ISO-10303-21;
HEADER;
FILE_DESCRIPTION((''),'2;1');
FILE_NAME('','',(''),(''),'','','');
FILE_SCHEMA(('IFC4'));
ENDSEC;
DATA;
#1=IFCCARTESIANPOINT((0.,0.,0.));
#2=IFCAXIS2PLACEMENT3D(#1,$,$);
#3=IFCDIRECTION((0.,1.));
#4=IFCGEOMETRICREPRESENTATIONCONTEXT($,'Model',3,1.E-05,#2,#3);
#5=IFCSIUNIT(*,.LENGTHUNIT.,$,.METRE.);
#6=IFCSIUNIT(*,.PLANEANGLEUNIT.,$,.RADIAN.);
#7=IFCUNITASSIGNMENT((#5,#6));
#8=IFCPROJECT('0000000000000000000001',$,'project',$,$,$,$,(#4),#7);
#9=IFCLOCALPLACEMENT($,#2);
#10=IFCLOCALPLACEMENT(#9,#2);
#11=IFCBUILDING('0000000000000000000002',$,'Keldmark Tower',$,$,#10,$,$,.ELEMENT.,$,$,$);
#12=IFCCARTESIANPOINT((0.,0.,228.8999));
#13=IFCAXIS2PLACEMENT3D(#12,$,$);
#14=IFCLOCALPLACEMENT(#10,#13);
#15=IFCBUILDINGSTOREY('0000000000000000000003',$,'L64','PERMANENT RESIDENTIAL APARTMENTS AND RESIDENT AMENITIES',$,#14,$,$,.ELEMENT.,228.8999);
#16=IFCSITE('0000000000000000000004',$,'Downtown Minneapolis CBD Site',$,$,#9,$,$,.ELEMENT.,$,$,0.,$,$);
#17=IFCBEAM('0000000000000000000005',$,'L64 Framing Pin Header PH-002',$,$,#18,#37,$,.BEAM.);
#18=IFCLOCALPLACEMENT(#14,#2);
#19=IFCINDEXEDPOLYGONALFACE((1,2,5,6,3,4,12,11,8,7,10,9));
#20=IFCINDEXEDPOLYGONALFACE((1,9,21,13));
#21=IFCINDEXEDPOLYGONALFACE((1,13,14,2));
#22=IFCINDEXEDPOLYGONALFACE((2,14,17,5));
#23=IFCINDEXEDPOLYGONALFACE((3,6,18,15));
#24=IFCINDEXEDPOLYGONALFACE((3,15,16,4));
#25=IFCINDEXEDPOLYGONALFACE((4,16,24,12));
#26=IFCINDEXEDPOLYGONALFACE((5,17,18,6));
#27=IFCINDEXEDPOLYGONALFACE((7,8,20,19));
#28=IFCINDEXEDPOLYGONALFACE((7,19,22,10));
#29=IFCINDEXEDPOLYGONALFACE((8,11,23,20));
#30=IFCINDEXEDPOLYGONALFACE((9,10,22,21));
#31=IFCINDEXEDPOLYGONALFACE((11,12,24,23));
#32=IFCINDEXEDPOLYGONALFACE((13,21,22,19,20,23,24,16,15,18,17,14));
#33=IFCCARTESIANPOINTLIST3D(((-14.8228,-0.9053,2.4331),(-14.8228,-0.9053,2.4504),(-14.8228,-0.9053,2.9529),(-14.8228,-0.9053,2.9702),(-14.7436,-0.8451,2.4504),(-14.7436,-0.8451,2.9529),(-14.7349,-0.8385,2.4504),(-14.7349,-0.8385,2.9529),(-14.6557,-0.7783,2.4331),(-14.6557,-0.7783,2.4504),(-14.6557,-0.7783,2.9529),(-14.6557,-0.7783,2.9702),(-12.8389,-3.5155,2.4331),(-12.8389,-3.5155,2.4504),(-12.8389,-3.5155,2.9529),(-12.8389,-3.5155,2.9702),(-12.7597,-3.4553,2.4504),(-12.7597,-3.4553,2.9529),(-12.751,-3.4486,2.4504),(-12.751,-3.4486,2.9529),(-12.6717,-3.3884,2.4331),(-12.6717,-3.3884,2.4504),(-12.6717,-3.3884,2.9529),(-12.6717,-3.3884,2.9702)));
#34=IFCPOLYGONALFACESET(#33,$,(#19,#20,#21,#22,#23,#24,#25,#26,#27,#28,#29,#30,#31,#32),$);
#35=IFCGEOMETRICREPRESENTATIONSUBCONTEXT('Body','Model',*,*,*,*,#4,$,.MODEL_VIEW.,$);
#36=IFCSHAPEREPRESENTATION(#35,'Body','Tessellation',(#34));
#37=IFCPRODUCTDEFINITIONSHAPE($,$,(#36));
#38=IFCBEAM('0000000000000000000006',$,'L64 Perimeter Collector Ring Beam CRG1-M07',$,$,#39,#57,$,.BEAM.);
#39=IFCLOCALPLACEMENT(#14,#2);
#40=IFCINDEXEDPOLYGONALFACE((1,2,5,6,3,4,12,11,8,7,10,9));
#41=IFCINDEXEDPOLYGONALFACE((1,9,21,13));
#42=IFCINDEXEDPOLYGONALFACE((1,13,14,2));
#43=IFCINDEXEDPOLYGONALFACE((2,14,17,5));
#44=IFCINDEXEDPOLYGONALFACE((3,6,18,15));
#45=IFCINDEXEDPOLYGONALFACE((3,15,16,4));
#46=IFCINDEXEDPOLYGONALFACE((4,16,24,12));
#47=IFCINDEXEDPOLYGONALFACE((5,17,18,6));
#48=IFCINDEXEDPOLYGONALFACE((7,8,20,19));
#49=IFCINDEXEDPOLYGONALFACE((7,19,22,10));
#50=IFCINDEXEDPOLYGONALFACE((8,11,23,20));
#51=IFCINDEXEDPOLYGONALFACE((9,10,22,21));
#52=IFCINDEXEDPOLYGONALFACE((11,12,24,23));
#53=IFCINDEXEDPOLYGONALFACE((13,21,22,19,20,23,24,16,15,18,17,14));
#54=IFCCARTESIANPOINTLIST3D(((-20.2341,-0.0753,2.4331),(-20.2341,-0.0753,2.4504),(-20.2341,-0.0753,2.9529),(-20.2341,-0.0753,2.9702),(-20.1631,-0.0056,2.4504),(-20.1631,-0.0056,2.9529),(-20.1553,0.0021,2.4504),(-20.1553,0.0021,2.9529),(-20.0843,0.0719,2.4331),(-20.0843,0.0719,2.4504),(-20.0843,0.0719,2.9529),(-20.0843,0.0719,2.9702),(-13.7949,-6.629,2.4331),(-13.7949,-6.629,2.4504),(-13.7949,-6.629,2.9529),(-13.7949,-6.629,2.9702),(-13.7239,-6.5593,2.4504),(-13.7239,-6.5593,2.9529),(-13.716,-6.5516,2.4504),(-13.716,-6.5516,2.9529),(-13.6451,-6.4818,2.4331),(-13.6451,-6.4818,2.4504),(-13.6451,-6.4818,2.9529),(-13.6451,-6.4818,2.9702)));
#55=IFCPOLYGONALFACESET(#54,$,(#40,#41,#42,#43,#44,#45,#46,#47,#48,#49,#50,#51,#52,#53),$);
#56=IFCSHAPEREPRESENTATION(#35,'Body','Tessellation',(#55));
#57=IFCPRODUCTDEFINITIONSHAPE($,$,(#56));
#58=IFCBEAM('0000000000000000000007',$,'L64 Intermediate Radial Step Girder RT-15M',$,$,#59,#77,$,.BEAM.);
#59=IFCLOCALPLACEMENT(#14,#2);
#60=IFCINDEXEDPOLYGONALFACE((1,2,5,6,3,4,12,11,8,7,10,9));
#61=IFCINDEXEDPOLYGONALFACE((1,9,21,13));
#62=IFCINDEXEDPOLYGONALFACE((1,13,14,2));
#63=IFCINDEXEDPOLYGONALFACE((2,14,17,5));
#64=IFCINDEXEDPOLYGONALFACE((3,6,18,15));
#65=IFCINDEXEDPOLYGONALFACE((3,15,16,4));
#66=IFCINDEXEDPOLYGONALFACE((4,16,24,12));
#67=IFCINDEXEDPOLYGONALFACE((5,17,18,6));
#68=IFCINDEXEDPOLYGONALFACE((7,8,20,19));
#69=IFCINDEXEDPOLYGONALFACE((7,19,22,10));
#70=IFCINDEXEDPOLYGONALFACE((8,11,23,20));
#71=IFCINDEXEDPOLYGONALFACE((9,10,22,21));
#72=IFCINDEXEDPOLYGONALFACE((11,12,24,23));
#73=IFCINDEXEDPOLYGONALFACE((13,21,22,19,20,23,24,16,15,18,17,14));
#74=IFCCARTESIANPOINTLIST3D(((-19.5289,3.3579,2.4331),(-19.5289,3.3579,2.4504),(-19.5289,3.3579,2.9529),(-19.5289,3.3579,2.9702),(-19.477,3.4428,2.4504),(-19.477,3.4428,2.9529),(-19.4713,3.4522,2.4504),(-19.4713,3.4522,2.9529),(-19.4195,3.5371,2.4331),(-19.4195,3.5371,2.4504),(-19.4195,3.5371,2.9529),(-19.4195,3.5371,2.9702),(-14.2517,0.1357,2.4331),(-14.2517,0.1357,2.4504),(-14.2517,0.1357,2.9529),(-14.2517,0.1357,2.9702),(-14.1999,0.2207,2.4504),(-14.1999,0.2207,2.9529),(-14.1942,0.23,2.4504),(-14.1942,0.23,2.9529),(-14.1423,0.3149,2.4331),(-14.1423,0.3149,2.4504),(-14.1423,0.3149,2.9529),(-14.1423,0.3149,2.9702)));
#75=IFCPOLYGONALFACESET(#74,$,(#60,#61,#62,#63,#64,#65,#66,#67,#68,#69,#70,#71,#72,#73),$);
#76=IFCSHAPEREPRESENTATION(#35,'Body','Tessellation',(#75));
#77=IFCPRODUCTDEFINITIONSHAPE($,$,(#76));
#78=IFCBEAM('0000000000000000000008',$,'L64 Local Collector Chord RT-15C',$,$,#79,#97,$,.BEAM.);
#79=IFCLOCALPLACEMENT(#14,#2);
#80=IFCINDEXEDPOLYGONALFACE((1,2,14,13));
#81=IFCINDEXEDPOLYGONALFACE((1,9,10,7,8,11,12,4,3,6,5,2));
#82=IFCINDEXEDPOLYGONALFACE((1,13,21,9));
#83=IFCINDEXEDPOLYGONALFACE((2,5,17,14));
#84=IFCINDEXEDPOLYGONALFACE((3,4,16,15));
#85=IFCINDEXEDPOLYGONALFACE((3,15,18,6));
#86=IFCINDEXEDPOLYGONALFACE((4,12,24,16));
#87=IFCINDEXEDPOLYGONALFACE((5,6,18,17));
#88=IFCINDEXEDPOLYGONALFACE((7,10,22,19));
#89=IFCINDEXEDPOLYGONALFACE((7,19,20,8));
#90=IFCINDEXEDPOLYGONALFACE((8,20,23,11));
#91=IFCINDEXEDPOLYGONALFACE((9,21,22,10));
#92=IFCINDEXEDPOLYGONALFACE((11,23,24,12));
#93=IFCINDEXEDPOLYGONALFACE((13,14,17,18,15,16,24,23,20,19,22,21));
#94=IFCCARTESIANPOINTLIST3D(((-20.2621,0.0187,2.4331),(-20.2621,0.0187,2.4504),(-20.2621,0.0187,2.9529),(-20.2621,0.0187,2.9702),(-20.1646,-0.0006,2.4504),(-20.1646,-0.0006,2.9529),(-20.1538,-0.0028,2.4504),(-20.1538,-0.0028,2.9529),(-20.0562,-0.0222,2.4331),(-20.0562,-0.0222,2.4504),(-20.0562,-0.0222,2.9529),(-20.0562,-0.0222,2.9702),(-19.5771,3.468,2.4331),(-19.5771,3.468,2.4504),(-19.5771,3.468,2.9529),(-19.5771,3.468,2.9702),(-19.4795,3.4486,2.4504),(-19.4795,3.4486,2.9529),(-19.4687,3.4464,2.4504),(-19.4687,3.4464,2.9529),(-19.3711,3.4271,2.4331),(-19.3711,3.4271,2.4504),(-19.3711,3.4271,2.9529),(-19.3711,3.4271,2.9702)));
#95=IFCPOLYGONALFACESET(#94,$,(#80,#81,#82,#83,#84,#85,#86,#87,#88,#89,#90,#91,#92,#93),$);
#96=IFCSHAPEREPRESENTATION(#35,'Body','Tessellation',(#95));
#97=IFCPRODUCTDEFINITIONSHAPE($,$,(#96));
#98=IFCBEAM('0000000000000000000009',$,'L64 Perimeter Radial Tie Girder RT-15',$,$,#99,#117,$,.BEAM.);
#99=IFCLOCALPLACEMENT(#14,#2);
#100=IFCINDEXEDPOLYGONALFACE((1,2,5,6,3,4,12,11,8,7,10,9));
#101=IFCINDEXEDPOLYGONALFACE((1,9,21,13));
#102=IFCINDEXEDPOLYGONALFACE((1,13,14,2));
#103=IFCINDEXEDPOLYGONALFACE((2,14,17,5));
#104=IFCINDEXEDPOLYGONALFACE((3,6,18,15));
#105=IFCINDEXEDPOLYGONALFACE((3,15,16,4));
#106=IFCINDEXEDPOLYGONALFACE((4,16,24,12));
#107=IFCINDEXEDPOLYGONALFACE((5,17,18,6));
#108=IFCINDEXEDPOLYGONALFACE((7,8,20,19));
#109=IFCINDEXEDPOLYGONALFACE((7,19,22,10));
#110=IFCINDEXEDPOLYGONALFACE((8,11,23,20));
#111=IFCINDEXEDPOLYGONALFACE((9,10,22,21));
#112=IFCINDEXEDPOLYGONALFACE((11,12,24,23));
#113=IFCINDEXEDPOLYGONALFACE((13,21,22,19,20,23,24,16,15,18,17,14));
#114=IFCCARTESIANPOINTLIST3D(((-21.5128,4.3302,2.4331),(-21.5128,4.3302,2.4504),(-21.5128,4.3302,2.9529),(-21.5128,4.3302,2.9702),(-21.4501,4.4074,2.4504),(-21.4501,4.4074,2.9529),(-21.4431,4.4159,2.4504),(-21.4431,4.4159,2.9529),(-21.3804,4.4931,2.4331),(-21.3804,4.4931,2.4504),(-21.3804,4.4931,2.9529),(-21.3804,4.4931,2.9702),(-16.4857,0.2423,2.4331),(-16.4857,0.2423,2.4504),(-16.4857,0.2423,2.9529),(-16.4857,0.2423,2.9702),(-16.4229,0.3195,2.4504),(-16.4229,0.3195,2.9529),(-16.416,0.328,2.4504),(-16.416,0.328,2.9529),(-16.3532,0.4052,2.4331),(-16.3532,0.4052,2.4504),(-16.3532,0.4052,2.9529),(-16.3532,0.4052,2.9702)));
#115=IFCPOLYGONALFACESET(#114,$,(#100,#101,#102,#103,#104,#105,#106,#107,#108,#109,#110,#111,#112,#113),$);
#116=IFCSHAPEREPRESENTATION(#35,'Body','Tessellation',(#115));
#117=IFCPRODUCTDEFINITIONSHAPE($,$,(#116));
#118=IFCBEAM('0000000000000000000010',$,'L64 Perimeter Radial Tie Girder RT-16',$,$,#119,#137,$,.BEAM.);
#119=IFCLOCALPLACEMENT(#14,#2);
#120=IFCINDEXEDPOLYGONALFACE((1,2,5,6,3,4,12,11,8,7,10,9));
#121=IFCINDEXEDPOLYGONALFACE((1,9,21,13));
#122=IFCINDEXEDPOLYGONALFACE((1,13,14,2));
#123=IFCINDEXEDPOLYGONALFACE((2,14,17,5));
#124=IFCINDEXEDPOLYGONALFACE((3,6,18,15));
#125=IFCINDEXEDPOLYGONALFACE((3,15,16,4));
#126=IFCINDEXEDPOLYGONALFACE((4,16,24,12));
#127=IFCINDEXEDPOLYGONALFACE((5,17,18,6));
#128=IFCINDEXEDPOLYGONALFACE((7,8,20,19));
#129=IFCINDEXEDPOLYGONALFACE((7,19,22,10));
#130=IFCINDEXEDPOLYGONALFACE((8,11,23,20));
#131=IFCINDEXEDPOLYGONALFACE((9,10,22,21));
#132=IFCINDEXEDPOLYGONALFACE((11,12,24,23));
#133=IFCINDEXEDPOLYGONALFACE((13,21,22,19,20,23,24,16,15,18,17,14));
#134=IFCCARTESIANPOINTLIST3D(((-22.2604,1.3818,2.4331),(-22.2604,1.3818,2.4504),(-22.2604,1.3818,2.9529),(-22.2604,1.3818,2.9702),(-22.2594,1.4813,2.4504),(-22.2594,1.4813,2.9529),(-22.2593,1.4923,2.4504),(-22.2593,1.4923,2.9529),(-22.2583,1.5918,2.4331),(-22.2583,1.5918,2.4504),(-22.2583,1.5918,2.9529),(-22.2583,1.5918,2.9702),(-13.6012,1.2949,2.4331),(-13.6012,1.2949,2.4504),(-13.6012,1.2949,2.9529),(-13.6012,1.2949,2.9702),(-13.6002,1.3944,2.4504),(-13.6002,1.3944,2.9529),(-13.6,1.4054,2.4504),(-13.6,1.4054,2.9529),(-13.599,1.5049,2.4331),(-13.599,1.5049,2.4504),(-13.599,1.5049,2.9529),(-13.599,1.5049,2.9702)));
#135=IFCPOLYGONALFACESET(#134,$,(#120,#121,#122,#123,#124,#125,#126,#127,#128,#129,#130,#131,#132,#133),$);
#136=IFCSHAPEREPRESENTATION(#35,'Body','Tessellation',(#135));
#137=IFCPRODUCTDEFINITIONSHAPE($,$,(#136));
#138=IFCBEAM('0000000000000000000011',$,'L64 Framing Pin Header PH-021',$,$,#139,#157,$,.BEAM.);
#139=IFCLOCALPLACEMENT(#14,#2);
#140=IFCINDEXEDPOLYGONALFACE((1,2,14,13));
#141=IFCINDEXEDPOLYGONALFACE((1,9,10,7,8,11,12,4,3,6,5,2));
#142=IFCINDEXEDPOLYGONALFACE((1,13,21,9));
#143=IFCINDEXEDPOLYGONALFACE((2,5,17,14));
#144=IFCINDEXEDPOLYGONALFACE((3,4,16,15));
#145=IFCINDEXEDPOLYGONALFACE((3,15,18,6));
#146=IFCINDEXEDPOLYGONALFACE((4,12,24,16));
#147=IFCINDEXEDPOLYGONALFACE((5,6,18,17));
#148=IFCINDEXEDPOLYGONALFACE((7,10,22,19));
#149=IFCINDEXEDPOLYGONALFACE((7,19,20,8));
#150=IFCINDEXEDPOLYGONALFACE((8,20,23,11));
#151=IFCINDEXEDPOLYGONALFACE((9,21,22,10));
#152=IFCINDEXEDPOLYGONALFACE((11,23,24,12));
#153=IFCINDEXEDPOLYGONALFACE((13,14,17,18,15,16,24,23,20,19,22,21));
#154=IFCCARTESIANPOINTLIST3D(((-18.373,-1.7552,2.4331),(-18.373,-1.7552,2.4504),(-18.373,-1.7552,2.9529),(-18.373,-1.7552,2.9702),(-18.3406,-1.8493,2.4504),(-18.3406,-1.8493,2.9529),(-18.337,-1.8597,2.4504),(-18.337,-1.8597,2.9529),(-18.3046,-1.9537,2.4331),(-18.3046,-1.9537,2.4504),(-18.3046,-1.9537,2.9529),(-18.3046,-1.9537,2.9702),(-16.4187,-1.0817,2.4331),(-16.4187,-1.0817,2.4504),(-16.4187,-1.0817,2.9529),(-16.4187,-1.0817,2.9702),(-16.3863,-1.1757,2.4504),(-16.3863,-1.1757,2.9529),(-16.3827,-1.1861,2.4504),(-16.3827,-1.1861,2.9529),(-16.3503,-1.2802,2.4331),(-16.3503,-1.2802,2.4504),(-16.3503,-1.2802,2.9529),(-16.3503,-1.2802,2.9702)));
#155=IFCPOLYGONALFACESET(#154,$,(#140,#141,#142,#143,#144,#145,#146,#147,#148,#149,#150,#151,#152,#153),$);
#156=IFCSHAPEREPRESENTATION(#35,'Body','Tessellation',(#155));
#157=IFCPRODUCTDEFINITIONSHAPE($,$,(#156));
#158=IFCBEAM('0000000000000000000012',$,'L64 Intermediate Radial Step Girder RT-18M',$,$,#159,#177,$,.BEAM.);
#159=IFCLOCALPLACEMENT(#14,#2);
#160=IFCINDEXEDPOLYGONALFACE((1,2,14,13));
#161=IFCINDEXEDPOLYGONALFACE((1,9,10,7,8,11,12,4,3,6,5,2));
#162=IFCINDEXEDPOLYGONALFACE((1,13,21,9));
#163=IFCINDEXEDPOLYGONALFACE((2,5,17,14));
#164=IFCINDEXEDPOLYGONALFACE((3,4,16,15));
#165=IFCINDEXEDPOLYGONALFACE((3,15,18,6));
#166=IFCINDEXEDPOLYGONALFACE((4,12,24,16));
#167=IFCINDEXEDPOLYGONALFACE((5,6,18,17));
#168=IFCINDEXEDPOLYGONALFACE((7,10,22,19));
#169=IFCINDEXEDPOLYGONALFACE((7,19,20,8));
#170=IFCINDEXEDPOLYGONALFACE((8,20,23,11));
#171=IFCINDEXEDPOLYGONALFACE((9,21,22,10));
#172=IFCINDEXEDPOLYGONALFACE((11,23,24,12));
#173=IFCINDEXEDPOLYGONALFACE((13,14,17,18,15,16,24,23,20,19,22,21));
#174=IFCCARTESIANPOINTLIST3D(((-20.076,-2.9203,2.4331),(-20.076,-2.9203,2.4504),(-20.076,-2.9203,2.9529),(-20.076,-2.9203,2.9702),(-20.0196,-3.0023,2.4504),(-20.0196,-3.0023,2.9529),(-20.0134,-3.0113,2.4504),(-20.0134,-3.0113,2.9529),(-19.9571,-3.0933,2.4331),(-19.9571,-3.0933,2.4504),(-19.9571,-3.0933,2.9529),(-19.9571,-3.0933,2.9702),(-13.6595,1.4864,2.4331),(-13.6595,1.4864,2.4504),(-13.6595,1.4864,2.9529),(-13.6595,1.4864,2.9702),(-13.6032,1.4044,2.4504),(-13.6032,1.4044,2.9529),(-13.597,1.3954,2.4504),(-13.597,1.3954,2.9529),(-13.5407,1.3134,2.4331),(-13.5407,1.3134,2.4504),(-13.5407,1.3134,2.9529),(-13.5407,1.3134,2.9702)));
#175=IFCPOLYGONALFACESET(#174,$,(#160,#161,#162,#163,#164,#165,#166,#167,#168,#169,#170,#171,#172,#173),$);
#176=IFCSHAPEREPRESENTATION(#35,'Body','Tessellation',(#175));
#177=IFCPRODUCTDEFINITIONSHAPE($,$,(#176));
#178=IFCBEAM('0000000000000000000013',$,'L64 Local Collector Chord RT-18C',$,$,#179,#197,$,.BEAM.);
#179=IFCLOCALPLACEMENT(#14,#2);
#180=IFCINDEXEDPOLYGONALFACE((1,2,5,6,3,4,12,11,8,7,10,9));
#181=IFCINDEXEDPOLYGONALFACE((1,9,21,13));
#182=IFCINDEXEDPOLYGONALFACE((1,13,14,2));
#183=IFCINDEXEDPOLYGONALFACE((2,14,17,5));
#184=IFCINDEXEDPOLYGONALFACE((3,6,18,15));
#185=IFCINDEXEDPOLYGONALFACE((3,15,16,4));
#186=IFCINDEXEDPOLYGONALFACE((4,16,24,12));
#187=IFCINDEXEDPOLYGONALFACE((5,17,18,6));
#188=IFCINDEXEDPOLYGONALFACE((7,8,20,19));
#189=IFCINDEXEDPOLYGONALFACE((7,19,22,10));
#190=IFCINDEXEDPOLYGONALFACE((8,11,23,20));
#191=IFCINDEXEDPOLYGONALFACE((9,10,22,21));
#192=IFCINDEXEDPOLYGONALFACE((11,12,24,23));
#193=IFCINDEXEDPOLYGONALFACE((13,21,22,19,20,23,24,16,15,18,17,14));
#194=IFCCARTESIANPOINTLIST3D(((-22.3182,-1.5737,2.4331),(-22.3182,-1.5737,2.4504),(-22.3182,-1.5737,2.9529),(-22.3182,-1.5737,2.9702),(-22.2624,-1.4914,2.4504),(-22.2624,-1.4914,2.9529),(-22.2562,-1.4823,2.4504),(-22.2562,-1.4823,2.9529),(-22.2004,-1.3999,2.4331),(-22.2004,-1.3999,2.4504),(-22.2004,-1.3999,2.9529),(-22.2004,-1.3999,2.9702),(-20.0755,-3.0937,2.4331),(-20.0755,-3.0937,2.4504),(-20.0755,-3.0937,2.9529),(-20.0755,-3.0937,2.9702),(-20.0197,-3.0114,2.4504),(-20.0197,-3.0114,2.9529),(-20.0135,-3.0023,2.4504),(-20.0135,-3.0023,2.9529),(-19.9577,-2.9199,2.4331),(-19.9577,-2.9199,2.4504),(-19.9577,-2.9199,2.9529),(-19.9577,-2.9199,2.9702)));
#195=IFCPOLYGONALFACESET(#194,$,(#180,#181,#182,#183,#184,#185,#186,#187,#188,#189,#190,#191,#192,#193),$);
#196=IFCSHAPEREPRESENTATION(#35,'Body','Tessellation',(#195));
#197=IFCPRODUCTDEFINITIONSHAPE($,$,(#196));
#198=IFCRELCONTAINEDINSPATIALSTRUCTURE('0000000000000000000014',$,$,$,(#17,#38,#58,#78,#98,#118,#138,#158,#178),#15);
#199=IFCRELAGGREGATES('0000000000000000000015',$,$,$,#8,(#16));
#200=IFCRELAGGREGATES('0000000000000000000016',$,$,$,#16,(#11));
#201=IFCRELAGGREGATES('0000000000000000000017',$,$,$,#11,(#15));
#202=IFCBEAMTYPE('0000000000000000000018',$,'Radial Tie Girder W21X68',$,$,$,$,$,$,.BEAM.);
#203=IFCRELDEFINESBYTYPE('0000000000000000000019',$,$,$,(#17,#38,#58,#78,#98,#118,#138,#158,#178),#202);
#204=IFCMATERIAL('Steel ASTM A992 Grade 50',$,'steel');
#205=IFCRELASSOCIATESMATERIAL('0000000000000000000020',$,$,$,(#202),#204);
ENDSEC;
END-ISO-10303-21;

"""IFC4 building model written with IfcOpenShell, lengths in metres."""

from ifc_helpers import new_model, si_unit, direction, frame, origin, origin_2d, place, context, subcontext, project, spatial, i_section, extrude, material, material_profile, profile_set, type_object, element, save


model = new_model("IFC4")

# Units and contexts
model_context = context("Model", 3, precision=1e-05, world=origin(), true_north=direction((0.0, 1.0)))
body_context = subcontext(model_context, "Body", "Model", "MODEL_VIEW")
ifc_project = project(units=[si_unit("LENGTHUNIT", "METRE"), si_unit("PLANEANGLEUNIT", "RADIAN")], contexts=[model_context])

# Site, building, storey
site_placement = place(None, origin())
site = spatial("IfcSite", under=ifc_project, at=site_placement, Name="Downtown Minneapolis CBD Site", CompositionType="ELEMENT", RefElevation=0.0)
building_placement = place(site_placement, origin())
building = spatial("IfcBuilding", under=site, at=building_placement, Name="Keldmark Tower", CompositionType="ELEMENT")
storey_placement = place(building_placement, frame((0.0, 0.0, 228.8999)))
storey = spatial("IfcBuildingStorey", under=building, at=storey_placement, Name="L64", Description="PERMANENT RESIDENTIAL APARTMENTS AND RESIDENT AMENITIES", CompositionType="ELEMENT", Elevation=228.8999)

# Beams
ifc_material_1 = material(Name="Steel ASTM A992 Grade 50", Category="steel")
ifc_material_profile_1 = material_profile(ifc_material_1, i_section(OverallWidth=0.21, OverallDepth=0.5371, WebThickness=0.011, FlangeThickness=0.0173, at=origin_2d()), Name="W21X68")
ifc_profile_set_1 = profile_set([ifc_material_profile_1], Name="Steel ASTM A992 Grade 50")
beam_type_1 = type_object("IfcBeamType", Name="Radial Tie Girder W21X68", PredefinedType="BEAM", material=ifc_profile_set_1)
beam_1_placement = place(storey_placement, frame((-14.7393, -0.8418, 2.7017), z_axis=(0.605123, -0.796132, 0.0), x_axis=(0.796132, 0.605123, 0.0)))
element("IfcBeam", 1, at=beam_1_placement, inside=storey, type_object=beam_type_1, Name="L64 Framing Pin Header PH-002", PredefinedType="BEAM", context=body_context, shape_type="SweptSolid", body=[
    extrude(i_section(OverallWidth=0.21, OverallDepth=0.5371, WebThickness=0.011, FlangeThickness=0.0173, at=origin_2d()), origin(), (0.0, 0.0, 1.0), 3.2786),
])
beam_2_placement = place(storey_placement, frame((-20.1592, -0.0017, 2.7017), z_axis=(0.700848, -0.713311, 0.0), x_axis=(0.713311, 0.700848, 0.0)))
element("IfcBeam", 2, at=beam_2_placement, inside=storey, type_object=beam_type_1, Name="L64 Perimeter Collector Ring Beam CRG1-M07", PredefinedType="BEAM", context=body_context, shape_type="SweptSolid", body=[
    extrude(i_section(OverallWidth=0.21, OverallDepth=0.5371, WebThickness=0.011, FlangeThickness=0.0173, at=origin_2d()), origin(), (0.0, 0.0, 1.0), 9.1877),
])
beam_3_placement = place(storey_placement, frame((-14.197, 0.2253, 2.7017), z_axis=(-0.853478, 0.521129, 0.0), x_axis=(-0.521129, -0.853478, 0.0)))
element("IfcBeam", 3, at=beam_3_placement, inside=storey, type_object=beam_type_1, Name="L64 Intermediate Radial Step Girder RT-15M", PredefinedType="BEAM", context=body_context, shape_type="SweptSolid", body=[
    extrude(i_section(OverallWidth=0.21, OverallDepth=0.5371, WebThickness=0.011, FlangeThickness=0.0173, at=origin_2d()), origin(), (0.0, 0.0, 1.0), 6.1831),
])
beam_4_placement = place(storey_placement, frame((-20.1592, -0.0017, 2.7017), z_axis=(0.194808, 0.980841, 0.0), x_axis=(-0.980841, 0.194808, 0.0)))
element("IfcBeam", 4, at=beam_4_placement, inside=storey, type_object=beam_type_1, Name="L64 Local Collector Chord RT-15C", PredefinedType="BEAM", context=body_context, shape_type="SweptSolid", body=[
    extrude(i_section(OverallWidth=0.21, OverallDepth=0.5371, WebThickness=0.011, FlangeThickness=0.0173, at=origin_2d()), origin(), (0.0, 0.0, 1.0), 3.5166),
])
beam_5_placement = place(storey_placement, frame((-16.4194, 0.3237, 2.7017), z_axis=(-0.775859, 0.630906, 0.0), x_axis=(-0.630906, -0.775859, 0.0)))
element("IfcBeam", 5, at=beam_5_placement, inside=storey, type_object=beam_type_1, Name="L64 Perimeter Radial Tie Girder RT-15", PredefinedType="BEAM", context=body_context, shape_type="SweptSolid", body=[
    extrude(i_section(OverallWidth=0.21, OverallDepth=0.5371, WebThickness=0.011, FlangeThickness=0.0173, at=origin_2d()), origin(), (0.0, 0.0, 1.0), 6.4795),
])
beam_6_placement = place(storey_placement, frame((-13.6001, 1.3999, 2.7017), z_axis=(-0.99995, 0.010037, 0.0), x_axis=(-0.010037, -0.99995, 0.0)))
element("IfcBeam", 6, at=beam_6_placement, inside=storey, type_object=beam_type_1, Name="L64 Perimeter Radial Tie Girder RT-16", PredefinedType="BEAM", context=body_context, shape_type="SweptSolid", body=[
    extrude(i_section(OverallWidth=0.21, OverallDepth=0.5371, WebThickness=0.011, FlangeThickness=0.0173, at=origin_2d()), origin(), (0.0, 0.0, 1.0), 8.6597),
])
beam_7_placement = place(storey_placement, frame((-16.3845, -1.1809, 2.7017), z_axis=(-0.945422, -0.325849, 0.0), x_axis=(0.325849, -0.945422, 0.0)))
element("IfcBeam", 7, at=beam_7_placement, inside=storey, type_object=beam_type_1, Name="L64 Framing Pin Header PH-021", PredefinedType="BEAM", context=body_context, shape_type="SweptSolid", body=[
    extrude(i_section(OverallWidth=0.21, OverallDepth=0.5371, WebThickness=0.011, FlangeThickness=0.0173, at=origin_2d()), origin(), (0.0, 0.0, 1.0), 2.0671),
])
beam_8_placement = place(storey_placement, frame((-13.6001, 1.3999, 2.7017), z_axis=(-0.824318, -0.566127, 0.0), x_axis=(0.566127, -0.824318, 0.0)))
element("IfcBeam", 8, at=beam_8_placement, inside=storey, type_object=beam_type_1, Name="L64 Intermediate Radial Step Girder RT-18M", PredefinedType="BEAM", context=body_context, shape_type="SweptSolid", body=[
    extrude(i_section(OverallWidth=0.21, OverallDepth=0.5371, WebThickness=0.011, FlangeThickness=0.0173, at=origin_2d()), origin(), (0.0, 0.0, 1.0), 7.7839),
])
beam_9_placement = place(storey_placement, frame((-22.2593, -1.4868, 2.7017), z_axis=(0.827784, -0.561047, 0.0), x_axis=(0.561047, 0.827784, 0.0)))
element("IfcBeam", 9, at=beam_9_placement, inside=storey, type_object=beam_type_1, Name="L64 Local Collector Chord RT-18C", PredefinedType="BEAM", context=body_context, shape_type="SweptSolid", body=[
    extrude(i_section(OverallWidth=0.21, OverallDepth=0.5371, WebThickness=0.011, FlangeThickness=0.0173, at=origin_2d()), origin(), (0.0, 0.0, 1.0), 2.7092),
])

save(model, "model.ifc")
